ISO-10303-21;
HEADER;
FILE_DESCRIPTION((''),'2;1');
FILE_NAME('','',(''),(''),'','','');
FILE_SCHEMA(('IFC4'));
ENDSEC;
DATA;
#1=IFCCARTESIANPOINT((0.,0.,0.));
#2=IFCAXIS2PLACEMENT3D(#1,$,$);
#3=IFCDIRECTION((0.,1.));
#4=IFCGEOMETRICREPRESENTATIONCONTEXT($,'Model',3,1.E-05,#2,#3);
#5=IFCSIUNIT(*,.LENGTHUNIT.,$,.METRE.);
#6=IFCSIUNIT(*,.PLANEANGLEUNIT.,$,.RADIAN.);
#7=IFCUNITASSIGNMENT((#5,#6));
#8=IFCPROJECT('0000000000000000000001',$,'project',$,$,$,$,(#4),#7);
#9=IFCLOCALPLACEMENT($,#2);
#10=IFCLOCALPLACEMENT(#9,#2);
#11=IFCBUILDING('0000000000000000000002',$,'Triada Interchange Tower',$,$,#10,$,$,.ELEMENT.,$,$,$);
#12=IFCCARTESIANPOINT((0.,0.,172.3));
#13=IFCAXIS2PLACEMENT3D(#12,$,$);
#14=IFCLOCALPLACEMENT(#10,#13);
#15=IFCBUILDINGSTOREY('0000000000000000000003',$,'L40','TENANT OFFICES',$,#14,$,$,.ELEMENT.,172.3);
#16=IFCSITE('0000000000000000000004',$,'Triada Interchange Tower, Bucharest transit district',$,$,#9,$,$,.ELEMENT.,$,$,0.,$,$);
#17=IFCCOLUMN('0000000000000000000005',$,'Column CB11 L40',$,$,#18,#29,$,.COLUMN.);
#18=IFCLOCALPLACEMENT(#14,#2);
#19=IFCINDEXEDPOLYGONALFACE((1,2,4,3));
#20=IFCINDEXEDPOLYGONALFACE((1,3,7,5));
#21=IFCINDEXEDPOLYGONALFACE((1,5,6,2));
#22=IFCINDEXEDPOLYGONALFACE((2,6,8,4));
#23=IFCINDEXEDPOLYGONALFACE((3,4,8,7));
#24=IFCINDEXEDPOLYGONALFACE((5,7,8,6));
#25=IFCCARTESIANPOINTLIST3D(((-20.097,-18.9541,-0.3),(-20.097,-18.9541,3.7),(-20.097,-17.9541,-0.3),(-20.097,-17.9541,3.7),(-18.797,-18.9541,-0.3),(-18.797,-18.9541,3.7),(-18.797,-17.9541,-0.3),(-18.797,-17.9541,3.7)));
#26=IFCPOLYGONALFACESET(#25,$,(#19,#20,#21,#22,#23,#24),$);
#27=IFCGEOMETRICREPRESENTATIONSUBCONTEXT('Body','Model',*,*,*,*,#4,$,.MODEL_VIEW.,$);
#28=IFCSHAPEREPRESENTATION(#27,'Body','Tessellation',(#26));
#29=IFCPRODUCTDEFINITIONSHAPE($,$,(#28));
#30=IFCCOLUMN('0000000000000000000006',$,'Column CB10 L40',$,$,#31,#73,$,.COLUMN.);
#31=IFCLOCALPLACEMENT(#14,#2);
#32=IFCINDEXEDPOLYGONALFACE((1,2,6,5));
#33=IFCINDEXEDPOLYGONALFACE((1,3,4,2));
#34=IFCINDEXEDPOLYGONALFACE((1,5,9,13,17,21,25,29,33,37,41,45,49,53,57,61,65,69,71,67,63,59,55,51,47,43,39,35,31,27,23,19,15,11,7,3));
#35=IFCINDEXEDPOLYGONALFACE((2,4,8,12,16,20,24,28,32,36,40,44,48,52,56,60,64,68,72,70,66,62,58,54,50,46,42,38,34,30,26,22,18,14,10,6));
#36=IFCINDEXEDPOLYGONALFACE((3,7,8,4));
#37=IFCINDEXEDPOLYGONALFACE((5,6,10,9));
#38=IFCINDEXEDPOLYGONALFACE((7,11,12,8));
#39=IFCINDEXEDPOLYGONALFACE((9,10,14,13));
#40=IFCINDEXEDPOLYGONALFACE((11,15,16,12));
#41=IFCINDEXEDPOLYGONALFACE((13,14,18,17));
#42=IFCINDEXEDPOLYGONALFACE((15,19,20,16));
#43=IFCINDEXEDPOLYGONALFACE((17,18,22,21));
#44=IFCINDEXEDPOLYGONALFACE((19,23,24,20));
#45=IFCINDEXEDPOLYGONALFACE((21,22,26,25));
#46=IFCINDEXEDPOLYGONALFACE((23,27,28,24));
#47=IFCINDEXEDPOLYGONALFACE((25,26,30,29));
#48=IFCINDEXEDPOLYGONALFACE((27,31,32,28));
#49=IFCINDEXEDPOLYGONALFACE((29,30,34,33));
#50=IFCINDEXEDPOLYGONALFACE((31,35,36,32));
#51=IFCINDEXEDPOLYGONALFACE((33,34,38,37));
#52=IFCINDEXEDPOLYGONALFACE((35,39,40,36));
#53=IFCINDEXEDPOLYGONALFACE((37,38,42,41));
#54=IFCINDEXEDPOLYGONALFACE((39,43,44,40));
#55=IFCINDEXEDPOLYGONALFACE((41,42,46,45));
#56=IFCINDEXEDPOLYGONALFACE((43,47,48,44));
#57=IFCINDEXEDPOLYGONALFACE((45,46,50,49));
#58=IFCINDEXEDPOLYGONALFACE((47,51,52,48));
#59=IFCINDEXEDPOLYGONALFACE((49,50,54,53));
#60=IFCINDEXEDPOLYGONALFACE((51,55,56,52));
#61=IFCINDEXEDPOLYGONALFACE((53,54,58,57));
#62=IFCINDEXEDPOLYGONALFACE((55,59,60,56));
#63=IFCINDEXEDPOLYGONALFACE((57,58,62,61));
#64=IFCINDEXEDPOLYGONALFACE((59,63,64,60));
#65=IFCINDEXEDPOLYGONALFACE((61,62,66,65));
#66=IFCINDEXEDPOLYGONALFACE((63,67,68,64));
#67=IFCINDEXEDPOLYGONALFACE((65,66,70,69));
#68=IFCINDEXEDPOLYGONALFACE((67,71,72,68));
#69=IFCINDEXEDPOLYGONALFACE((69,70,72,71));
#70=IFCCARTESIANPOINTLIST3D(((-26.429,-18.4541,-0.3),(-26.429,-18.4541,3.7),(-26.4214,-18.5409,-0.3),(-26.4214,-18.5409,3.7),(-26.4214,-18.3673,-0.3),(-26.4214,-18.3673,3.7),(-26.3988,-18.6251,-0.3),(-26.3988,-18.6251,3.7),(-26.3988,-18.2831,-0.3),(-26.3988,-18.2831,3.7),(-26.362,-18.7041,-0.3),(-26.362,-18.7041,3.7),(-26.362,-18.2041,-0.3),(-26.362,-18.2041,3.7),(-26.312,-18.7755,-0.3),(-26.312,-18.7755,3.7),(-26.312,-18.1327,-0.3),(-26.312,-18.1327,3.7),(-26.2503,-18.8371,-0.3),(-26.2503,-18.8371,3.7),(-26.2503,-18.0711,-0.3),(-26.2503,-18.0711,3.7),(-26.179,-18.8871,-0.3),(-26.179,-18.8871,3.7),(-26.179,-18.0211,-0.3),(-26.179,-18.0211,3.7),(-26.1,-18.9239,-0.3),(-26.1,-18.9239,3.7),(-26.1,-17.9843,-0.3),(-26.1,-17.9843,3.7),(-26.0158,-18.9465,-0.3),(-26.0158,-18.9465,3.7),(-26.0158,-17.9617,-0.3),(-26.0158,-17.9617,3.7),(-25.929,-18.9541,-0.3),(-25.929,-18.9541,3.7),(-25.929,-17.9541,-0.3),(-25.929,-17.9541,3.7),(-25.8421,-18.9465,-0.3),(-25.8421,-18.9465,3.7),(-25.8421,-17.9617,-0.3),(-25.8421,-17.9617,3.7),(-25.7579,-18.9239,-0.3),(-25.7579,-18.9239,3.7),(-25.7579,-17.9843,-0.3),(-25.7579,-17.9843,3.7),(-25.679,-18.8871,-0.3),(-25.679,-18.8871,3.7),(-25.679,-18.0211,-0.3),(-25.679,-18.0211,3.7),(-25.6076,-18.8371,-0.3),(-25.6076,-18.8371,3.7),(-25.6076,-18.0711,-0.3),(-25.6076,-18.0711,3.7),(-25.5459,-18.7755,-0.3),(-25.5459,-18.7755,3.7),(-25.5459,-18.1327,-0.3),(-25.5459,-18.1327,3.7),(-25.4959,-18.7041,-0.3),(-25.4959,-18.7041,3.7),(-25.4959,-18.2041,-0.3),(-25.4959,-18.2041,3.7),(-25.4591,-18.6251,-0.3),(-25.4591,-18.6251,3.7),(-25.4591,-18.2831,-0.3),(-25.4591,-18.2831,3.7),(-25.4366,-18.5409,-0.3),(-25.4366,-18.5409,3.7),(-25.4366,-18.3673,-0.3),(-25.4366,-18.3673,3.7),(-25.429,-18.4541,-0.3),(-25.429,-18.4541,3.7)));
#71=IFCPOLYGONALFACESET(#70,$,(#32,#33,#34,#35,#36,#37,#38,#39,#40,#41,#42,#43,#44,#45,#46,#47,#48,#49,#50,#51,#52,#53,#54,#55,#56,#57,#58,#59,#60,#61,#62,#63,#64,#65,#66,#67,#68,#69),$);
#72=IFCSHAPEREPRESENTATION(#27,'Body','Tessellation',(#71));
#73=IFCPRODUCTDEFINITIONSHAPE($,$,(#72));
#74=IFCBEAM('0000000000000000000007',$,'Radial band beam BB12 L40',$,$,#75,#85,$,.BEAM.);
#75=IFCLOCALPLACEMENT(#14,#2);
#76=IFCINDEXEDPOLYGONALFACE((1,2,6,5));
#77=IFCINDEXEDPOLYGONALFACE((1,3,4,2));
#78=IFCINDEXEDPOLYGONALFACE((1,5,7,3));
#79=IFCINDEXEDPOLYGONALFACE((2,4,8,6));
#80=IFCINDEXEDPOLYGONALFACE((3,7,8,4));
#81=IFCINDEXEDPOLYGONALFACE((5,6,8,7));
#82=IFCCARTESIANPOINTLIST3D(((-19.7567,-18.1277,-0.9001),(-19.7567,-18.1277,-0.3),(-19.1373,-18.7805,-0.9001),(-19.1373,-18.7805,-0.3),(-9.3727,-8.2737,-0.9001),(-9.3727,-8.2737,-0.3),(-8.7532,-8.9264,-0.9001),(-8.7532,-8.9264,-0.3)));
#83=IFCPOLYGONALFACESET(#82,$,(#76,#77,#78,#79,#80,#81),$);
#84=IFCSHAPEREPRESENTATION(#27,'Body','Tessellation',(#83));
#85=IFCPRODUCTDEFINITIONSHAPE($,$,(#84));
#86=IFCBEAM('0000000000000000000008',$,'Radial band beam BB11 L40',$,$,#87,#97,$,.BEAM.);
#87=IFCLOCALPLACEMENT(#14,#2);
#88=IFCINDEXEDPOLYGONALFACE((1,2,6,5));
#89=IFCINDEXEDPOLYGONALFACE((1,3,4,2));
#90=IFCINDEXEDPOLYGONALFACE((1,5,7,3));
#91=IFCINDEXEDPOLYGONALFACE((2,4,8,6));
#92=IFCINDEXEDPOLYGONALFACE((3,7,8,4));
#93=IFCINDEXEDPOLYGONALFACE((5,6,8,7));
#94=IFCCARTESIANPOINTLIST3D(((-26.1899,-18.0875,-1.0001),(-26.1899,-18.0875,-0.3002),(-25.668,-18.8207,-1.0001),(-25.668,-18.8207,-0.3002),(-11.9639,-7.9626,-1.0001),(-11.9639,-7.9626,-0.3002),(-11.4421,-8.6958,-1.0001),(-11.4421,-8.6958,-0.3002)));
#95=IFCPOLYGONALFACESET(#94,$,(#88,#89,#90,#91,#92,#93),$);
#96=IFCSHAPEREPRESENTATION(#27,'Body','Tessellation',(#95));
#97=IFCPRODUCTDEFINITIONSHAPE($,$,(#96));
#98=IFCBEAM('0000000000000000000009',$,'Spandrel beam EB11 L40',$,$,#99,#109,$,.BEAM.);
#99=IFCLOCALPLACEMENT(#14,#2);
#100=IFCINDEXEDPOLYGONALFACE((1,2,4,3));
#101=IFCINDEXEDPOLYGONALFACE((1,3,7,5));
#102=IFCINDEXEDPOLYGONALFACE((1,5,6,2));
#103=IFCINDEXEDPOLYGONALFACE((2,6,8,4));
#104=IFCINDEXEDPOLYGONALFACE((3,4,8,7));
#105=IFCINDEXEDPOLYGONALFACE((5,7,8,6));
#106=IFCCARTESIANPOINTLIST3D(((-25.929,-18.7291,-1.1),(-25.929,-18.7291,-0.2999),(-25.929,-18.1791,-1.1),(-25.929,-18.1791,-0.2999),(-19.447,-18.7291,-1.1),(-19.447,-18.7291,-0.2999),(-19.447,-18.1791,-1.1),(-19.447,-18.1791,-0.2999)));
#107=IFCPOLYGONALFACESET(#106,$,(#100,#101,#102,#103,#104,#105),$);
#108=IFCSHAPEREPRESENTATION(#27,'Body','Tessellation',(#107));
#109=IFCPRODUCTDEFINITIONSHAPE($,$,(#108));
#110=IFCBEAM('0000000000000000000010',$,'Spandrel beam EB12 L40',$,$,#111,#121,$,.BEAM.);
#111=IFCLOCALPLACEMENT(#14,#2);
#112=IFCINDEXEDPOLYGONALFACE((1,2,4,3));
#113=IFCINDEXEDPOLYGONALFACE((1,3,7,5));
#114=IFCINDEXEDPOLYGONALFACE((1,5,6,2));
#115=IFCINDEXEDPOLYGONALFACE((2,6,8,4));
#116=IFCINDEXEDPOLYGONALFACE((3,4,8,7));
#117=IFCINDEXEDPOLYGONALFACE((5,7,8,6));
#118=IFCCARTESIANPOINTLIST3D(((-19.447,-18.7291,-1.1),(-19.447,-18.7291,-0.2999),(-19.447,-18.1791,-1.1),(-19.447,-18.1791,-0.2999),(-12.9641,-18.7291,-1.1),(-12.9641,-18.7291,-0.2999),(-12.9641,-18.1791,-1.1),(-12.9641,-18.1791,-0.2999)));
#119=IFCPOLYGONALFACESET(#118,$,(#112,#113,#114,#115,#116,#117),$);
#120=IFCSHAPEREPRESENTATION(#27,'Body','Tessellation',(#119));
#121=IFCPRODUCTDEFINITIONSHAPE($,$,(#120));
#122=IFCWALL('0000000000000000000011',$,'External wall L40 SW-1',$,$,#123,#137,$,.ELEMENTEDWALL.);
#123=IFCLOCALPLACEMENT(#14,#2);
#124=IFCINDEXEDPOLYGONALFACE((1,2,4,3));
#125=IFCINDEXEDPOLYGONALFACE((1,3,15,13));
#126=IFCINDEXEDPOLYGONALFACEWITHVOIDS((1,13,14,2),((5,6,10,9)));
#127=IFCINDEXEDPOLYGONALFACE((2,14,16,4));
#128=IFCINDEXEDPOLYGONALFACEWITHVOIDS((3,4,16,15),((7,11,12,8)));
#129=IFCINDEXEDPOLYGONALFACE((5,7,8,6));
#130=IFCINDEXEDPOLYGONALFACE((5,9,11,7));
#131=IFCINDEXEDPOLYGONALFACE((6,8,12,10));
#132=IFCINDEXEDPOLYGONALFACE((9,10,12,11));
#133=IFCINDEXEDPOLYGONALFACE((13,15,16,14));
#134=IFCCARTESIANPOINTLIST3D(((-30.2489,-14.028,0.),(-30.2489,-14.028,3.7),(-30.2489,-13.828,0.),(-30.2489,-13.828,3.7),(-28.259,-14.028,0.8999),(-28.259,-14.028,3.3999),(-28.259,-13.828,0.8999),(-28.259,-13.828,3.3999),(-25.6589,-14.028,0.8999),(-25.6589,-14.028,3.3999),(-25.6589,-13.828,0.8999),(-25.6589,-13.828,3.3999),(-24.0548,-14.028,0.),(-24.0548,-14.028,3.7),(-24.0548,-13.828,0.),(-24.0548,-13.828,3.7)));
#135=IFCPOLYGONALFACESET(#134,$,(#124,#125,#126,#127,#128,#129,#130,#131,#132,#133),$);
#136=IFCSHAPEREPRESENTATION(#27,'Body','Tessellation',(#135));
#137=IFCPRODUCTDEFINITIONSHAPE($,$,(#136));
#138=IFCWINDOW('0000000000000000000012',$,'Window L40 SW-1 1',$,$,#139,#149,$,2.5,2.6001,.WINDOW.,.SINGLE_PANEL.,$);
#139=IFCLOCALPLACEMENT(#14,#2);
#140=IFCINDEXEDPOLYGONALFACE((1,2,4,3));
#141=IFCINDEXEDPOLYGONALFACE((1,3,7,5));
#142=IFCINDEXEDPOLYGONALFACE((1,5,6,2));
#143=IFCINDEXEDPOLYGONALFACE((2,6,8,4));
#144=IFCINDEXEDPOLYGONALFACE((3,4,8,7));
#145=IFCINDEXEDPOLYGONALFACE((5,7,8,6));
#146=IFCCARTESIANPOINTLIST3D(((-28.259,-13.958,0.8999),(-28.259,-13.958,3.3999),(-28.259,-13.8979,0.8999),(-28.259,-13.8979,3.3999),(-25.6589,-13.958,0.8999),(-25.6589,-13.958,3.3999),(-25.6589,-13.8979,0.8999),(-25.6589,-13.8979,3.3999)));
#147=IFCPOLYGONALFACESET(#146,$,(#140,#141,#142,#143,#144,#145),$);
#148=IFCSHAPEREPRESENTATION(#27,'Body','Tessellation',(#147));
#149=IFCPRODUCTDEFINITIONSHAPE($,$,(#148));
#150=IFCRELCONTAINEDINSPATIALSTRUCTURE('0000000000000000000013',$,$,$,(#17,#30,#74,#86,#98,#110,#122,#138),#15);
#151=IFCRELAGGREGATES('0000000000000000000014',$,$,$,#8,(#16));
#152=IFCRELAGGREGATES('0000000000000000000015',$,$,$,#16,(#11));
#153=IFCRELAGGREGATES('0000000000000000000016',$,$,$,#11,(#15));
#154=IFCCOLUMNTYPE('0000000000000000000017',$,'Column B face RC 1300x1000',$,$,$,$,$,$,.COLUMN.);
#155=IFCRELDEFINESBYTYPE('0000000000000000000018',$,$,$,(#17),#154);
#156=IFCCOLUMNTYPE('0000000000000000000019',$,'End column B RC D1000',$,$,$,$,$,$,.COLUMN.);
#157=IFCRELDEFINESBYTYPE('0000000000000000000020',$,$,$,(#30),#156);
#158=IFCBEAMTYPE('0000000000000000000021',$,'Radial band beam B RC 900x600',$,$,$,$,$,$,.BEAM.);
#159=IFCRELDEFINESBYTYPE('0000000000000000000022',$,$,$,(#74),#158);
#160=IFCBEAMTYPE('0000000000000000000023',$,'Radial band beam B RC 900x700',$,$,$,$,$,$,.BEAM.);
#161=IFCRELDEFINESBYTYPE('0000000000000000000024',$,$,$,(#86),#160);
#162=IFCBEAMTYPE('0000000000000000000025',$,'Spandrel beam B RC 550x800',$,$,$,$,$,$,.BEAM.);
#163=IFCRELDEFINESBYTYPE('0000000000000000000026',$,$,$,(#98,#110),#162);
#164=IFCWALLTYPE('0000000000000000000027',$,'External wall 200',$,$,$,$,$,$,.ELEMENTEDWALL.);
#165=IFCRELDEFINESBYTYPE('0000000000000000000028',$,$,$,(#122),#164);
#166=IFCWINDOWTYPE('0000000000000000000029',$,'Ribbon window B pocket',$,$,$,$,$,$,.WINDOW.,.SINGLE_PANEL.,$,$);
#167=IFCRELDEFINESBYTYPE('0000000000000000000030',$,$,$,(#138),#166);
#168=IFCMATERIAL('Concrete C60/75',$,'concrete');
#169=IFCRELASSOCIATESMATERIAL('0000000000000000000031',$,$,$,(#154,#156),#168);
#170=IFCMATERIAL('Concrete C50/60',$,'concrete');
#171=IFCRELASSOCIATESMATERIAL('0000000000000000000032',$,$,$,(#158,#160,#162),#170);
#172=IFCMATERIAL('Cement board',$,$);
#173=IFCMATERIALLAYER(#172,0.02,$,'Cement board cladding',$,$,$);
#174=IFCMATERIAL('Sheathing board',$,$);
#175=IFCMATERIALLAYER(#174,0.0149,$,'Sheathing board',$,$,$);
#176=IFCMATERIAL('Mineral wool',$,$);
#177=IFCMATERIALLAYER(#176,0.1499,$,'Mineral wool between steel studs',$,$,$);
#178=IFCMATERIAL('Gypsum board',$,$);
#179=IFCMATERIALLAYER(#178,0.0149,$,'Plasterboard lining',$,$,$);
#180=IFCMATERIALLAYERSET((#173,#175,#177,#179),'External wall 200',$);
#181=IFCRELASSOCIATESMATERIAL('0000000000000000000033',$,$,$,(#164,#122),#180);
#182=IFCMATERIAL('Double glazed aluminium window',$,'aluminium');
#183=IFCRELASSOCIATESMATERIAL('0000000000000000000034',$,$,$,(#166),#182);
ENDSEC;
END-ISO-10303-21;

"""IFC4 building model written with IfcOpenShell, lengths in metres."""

from ifc_helpers import new_model, si_unit, direction, frame, frame_2d, origin, origin_2d, place, context, subcontext, project, spatial, rectangle, circle, extrude, material, layer, layer_set, layer_usage, material_profile, profile_set, type_object, element, fill, save


model = new_model("IFC4")

# Units and contexts
model_context = context("Model", 3, precision=1e-05, world=origin(), true_north=direction((0.0, 1.0)))
body_context = subcontext(model_context, "Body", "Model", "MODEL_VIEW")
ifc_project = project(units=[si_unit("LENGTHUNIT", "METRE"), si_unit("PLANEANGLEUNIT", "RADIAN")], contexts=[model_context])

# Site, building, storey
site_placement = place(None, origin())
site = spatial("IfcSite", under=ifc_project, at=site_placement, Name="Triada Interchange Tower, Bucharest transit district", CompositionType="ELEMENT", RefElevation=0.0)
building_placement = place(site_placement, origin())
building = spatial("IfcBuilding", under=site, at=building_placement, Name="Triada Interchange Tower", CompositionType="ELEMENT")
storey_placement = place(building_placement, frame((0.0, 0.0, 172.3)))
storey = spatial("IfcBuildingStorey", under=building, at=storey_placement, Name="L40", Description="TENANT OFFICES", CompositionType="ELEMENT", Elevation=172.3)

# Columns
ifc_material_1 = material(Name="Concrete C60/75", Category="concrete")
ifc_material_profile_1 = material_profile(ifc_material_1, rectangle(XDim=1.3, YDim=1.0, at=origin_2d()), Name="RC 1300x1000")
ifc_profile_set_1 = profile_set([ifc_material_profile_1], Name="Concrete C60/75")
column_type_1 = type_object("IfcColumnType", Name="Column B face RC 1300x1000", PredefinedType="COLUMN", material=ifc_profile_set_1)
column_1_placement = place(storey_placement, frame((-19.447, -18.4541, -0.3), z_axis=(0.0, 0.0, 1.0), x_axis=(1.0, 0.0, 0.0)))
element("IfcColumn", 1, at=column_1_placement, inside=storey, type_object=column_type_1, Name="Column CB11 L40", PredefinedType="COLUMN", context=body_context, shape_type="SweptSolid", body=[
    extrude(rectangle(XDim=1.3, YDim=1.0, at=origin_2d()), origin(), (0.0, 0.0, 1.0), 4.0),
])
ifc_material_profile_2 = material_profile(ifc_material_1, circle(Radius=0.5, at=origin_2d()), Name="RC D1000")
ifc_profile_set_2 = profile_set([ifc_material_profile_2], Name="Concrete C60/75")
column_type_2 = type_object("IfcColumnType", Name="End column B RC D1000", PredefinedType="COLUMN", material=ifc_profile_set_2)
column_2_placement = place(storey_placement, frame((-25.929, -18.4541, -0.3), z_axis=(0.0, 0.0, 1.0), x_axis=(1.0, 0.0, 0.0)))
element("IfcColumn", 2, at=column_2_placement, inside=storey, type_object=column_type_2, Name="Column CB10 L40", PredefinedType="COLUMN", context=body_context, shape_type="SweptSolid", body=[
    extrude(circle(Radius=0.5, at=origin_2d()), origin(), (0.0, 0.0, 1.0), 4.0),
])

# Beams
ifc_material_2 = material(Name="Concrete C50/60", Category="concrete")
ifc_material_profile_3 = material_profile(ifc_material_2, rectangle(XDim=0.8999, YDim=0.6001, at=origin_2d()), Name="RC 900x600")
ifc_profile_set_3 = profile_set([ifc_material_profile_3], Name="Concrete C50/60")
beam_type_1 = type_object("IfcBeamType", Name="Radial band beam B RC 900x600", PredefinedType="BEAM", material=ifc_profile_set_3)
beam_1_placement = place(storey_placement, frame((-19.447, -18.4541, -0.6001), z_axis=(0.725377, 0.688352, 0.0), x_axis=(-0.688352, 0.725377, 0.0)))
element("IfcBeam", 3, at=beam_1_placement, inside=storey, type_object=beam_type_1, Name="Radial band beam BB12 L40", PredefinedType="BEAM", context=body_context, shape_type="SweptSolid", body=[
    extrude(rectangle(XDim=0.8999, YDim=0.6001, at=origin_2d()), origin(), (0.0, 0.0, 1.0), 14.3154),
])
ifc_material_profile_4 = material_profile(ifc_material_2, rectangle(XDim=0.8999, YDim=0.7, at=origin_2d()), Name="RC 900x700")
ifc_profile_set_4 = profile_set([ifc_material_profile_4], Name="Concrete C50/60")
beam_type_2 = type_object("IfcBeamType", Name="Radial band beam B RC 900x700", PredefinedType="BEAM", material=ifc_profile_set_4)
beam_2_placement = place(storey_placement, frame((-25.929, -18.4541, -0.6501), z_axis=(0.81472, 0.579854, 0.0), x_axis=(-0.579854, 0.81472, 0.0)))
element("IfcBeam", 4, at=beam_2_placement, inside=storey, type_object=beam_type_2, Name="Radial band beam BB11 L40", PredefinedType="BEAM", context=body_context, shape_type="SweptSolid", body=[
    extrude(rectangle(XDim=0.8999, YDim=0.7, at=origin_2d()), origin(), (0.0, 0.0, 1.0), 17.4612),
])
ifc_material_profile_5 = material_profile(ifc_material_2, rectangle(XDim=0.55, YDim=0.8, at=origin_2d()), Name="RC 550x800")
ifc_profile_set_5 = profile_set([ifc_material_profile_5], Name="Concrete C50/60")
beam_type_3 = type_object("IfcBeamType", Name="Spandrel beam B RC 550x800", PredefinedType="BEAM", material=ifc_profile_set_5)
beam_3_placement = place(storey_placement, frame((-25.929, -18.4541, -0.7), z_axis=(1.0, 0.0, 0.0), x_axis=(0.0, 1.0, 0.0)))
element("IfcBeam", 5, at=beam_3_placement, inside=storey, type_object=beam_type_3, Name="Spandrel beam EB11 L40", PredefinedType="BEAM", context=body_context, shape_type="SweptSolid", body=[
    extrude(rectangle(XDim=0.55, YDim=0.8, at=origin_2d()), origin(), (0.0, 0.0, 1.0), 6.4819),
])
beam_4_placement = place(storey_placement, frame((-19.447, -18.4541, -0.7), z_axis=(1.0, 0.0, 0.0), x_axis=(0.0, 1.0, 0.0)))
element("IfcBeam", 6, at=beam_4_placement, inside=storey, type_object=beam_type_3, Name="Spandrel beam EB12 L40", PredefinedType="BEAM", context=body_context, shape_type="SweptSolid", body=[
    extrude(rectangle(XDim=0.55, YDim=0.8, at=origin_2d()), origin(), (0.0, 0.0, 1.0), 6.4829),
])

# Wall, opening, window
ifc_material_3 = material(Name="Cement board")
ifc_layer_1 = layer(ifc_material_3, 0.02, Name="Cement board cladding")
ifc_material_4 = material(Name="Sheathing board")
ifc_layer_2 = layer(ifc_material_4, 0.0149, Name="Sheathing board")
ifc_material_5 = material(Name="Mineral wool")
ifc_layer_3 = layer(ifc_material_5, 0.1499, Name="Mineral wool between steel studs")
ifc_material_6 = material(Name="Gypsum board")
ifc_layer_4 = layer(ifc_material_6, 0.0149, Name="Plasterboard lining")
ifc_layer_set_1 = layer_set([ifc_layer_1, ifc_layer_2, ifc_layer_3, ifc_layer_4], Name="External wall 200")
ifc_layer_usage = layer_usage(ifc_layer_set_1, "AXIS2", "POSITIVE", -0.1001)
wall_type_1 = type_object("IfcWallType", Name="External wall 200", PredefinedType="ELEMENTEDWALL", material=ifc_layer_set_1)
wall_1_placement = place(storey_placement, frame((-30.249, -13.928, 0.0), z_axis=(0.0, 0.0, 1.0), x_axis=(1.0, 0.0, 0.0)))
wall_1 = element("IfcWall", 7, at=wall_1_placement, inside=storey, type_object=wall_type_1, material=ifc_layer_usage, Name="External wall L40 SW-1", PredefinedType="ELEMENTEDWALL", context=body_context, shape_type="SweptSolid", body=[
    extrude(rectangle(XDim=6.1941, YDim=0.2, at=frame_2d((3.0972, 0.0))), origin(), (0.0, 0.0, 1.0), 3.7),
])
opening_1_placement = place(wall_1_placement, frame((1.99, 0.0, 0.8999)))
opening_1 = element("IfcOpeningElement", 8, at=opening_1_placement, cuts=wall_1, PredefinedType="OPENING", context=body_context, shape_type="SweptSolid", body=[
    extrude(rectangle(XDim=2.6001, YDim=2.5, at=frame_2d((1.3, 1.25))), frame((0.0, 0.1099, 0.0), z_axis=(0.0, -1.0, 0.0), x_axis=(1.0, 0.0, 0.0)), (0.0, 0.0, 1.0), 0.22),
])
ifc_material_7 = material(Name="Double glazed aluminium window", Category="aluminium")
window_type_1 = type_object("IfcWindowType", Name="Ribbon window B pocket", PartitioningType="SINGLE_PANEL", PredefinedType="WINDOW", material=ifc_material_7)
window_1_placement = place(opening_1_placement, origin())
window_1 = element("IfcWindow", 9, at=window_1_placement, inside=storey, type_object=window_type_1, Name="Window L40 SW-1 1", OverallHeight=2.5, OverallWidth=2.6001, PartitioningType="SINGLE_PANEL", PredefinedType="WINDOW", context=body_context, shape_type="SweptSolid", body=[
    extrude(rectangle(XDim=2.6001, YDim=2.5, at=frame_2d((1.3, 1.25))), frame((0.0, 0.03, 0.0), z_axis=(0.0, -1.0, 0.0), x_axis=(1.0, 0.0, 0.0)), (0.0, 0.0, 1.0), 0.0601),
])
fill(opening_1, window_1)

save(model, "model.ifc")
